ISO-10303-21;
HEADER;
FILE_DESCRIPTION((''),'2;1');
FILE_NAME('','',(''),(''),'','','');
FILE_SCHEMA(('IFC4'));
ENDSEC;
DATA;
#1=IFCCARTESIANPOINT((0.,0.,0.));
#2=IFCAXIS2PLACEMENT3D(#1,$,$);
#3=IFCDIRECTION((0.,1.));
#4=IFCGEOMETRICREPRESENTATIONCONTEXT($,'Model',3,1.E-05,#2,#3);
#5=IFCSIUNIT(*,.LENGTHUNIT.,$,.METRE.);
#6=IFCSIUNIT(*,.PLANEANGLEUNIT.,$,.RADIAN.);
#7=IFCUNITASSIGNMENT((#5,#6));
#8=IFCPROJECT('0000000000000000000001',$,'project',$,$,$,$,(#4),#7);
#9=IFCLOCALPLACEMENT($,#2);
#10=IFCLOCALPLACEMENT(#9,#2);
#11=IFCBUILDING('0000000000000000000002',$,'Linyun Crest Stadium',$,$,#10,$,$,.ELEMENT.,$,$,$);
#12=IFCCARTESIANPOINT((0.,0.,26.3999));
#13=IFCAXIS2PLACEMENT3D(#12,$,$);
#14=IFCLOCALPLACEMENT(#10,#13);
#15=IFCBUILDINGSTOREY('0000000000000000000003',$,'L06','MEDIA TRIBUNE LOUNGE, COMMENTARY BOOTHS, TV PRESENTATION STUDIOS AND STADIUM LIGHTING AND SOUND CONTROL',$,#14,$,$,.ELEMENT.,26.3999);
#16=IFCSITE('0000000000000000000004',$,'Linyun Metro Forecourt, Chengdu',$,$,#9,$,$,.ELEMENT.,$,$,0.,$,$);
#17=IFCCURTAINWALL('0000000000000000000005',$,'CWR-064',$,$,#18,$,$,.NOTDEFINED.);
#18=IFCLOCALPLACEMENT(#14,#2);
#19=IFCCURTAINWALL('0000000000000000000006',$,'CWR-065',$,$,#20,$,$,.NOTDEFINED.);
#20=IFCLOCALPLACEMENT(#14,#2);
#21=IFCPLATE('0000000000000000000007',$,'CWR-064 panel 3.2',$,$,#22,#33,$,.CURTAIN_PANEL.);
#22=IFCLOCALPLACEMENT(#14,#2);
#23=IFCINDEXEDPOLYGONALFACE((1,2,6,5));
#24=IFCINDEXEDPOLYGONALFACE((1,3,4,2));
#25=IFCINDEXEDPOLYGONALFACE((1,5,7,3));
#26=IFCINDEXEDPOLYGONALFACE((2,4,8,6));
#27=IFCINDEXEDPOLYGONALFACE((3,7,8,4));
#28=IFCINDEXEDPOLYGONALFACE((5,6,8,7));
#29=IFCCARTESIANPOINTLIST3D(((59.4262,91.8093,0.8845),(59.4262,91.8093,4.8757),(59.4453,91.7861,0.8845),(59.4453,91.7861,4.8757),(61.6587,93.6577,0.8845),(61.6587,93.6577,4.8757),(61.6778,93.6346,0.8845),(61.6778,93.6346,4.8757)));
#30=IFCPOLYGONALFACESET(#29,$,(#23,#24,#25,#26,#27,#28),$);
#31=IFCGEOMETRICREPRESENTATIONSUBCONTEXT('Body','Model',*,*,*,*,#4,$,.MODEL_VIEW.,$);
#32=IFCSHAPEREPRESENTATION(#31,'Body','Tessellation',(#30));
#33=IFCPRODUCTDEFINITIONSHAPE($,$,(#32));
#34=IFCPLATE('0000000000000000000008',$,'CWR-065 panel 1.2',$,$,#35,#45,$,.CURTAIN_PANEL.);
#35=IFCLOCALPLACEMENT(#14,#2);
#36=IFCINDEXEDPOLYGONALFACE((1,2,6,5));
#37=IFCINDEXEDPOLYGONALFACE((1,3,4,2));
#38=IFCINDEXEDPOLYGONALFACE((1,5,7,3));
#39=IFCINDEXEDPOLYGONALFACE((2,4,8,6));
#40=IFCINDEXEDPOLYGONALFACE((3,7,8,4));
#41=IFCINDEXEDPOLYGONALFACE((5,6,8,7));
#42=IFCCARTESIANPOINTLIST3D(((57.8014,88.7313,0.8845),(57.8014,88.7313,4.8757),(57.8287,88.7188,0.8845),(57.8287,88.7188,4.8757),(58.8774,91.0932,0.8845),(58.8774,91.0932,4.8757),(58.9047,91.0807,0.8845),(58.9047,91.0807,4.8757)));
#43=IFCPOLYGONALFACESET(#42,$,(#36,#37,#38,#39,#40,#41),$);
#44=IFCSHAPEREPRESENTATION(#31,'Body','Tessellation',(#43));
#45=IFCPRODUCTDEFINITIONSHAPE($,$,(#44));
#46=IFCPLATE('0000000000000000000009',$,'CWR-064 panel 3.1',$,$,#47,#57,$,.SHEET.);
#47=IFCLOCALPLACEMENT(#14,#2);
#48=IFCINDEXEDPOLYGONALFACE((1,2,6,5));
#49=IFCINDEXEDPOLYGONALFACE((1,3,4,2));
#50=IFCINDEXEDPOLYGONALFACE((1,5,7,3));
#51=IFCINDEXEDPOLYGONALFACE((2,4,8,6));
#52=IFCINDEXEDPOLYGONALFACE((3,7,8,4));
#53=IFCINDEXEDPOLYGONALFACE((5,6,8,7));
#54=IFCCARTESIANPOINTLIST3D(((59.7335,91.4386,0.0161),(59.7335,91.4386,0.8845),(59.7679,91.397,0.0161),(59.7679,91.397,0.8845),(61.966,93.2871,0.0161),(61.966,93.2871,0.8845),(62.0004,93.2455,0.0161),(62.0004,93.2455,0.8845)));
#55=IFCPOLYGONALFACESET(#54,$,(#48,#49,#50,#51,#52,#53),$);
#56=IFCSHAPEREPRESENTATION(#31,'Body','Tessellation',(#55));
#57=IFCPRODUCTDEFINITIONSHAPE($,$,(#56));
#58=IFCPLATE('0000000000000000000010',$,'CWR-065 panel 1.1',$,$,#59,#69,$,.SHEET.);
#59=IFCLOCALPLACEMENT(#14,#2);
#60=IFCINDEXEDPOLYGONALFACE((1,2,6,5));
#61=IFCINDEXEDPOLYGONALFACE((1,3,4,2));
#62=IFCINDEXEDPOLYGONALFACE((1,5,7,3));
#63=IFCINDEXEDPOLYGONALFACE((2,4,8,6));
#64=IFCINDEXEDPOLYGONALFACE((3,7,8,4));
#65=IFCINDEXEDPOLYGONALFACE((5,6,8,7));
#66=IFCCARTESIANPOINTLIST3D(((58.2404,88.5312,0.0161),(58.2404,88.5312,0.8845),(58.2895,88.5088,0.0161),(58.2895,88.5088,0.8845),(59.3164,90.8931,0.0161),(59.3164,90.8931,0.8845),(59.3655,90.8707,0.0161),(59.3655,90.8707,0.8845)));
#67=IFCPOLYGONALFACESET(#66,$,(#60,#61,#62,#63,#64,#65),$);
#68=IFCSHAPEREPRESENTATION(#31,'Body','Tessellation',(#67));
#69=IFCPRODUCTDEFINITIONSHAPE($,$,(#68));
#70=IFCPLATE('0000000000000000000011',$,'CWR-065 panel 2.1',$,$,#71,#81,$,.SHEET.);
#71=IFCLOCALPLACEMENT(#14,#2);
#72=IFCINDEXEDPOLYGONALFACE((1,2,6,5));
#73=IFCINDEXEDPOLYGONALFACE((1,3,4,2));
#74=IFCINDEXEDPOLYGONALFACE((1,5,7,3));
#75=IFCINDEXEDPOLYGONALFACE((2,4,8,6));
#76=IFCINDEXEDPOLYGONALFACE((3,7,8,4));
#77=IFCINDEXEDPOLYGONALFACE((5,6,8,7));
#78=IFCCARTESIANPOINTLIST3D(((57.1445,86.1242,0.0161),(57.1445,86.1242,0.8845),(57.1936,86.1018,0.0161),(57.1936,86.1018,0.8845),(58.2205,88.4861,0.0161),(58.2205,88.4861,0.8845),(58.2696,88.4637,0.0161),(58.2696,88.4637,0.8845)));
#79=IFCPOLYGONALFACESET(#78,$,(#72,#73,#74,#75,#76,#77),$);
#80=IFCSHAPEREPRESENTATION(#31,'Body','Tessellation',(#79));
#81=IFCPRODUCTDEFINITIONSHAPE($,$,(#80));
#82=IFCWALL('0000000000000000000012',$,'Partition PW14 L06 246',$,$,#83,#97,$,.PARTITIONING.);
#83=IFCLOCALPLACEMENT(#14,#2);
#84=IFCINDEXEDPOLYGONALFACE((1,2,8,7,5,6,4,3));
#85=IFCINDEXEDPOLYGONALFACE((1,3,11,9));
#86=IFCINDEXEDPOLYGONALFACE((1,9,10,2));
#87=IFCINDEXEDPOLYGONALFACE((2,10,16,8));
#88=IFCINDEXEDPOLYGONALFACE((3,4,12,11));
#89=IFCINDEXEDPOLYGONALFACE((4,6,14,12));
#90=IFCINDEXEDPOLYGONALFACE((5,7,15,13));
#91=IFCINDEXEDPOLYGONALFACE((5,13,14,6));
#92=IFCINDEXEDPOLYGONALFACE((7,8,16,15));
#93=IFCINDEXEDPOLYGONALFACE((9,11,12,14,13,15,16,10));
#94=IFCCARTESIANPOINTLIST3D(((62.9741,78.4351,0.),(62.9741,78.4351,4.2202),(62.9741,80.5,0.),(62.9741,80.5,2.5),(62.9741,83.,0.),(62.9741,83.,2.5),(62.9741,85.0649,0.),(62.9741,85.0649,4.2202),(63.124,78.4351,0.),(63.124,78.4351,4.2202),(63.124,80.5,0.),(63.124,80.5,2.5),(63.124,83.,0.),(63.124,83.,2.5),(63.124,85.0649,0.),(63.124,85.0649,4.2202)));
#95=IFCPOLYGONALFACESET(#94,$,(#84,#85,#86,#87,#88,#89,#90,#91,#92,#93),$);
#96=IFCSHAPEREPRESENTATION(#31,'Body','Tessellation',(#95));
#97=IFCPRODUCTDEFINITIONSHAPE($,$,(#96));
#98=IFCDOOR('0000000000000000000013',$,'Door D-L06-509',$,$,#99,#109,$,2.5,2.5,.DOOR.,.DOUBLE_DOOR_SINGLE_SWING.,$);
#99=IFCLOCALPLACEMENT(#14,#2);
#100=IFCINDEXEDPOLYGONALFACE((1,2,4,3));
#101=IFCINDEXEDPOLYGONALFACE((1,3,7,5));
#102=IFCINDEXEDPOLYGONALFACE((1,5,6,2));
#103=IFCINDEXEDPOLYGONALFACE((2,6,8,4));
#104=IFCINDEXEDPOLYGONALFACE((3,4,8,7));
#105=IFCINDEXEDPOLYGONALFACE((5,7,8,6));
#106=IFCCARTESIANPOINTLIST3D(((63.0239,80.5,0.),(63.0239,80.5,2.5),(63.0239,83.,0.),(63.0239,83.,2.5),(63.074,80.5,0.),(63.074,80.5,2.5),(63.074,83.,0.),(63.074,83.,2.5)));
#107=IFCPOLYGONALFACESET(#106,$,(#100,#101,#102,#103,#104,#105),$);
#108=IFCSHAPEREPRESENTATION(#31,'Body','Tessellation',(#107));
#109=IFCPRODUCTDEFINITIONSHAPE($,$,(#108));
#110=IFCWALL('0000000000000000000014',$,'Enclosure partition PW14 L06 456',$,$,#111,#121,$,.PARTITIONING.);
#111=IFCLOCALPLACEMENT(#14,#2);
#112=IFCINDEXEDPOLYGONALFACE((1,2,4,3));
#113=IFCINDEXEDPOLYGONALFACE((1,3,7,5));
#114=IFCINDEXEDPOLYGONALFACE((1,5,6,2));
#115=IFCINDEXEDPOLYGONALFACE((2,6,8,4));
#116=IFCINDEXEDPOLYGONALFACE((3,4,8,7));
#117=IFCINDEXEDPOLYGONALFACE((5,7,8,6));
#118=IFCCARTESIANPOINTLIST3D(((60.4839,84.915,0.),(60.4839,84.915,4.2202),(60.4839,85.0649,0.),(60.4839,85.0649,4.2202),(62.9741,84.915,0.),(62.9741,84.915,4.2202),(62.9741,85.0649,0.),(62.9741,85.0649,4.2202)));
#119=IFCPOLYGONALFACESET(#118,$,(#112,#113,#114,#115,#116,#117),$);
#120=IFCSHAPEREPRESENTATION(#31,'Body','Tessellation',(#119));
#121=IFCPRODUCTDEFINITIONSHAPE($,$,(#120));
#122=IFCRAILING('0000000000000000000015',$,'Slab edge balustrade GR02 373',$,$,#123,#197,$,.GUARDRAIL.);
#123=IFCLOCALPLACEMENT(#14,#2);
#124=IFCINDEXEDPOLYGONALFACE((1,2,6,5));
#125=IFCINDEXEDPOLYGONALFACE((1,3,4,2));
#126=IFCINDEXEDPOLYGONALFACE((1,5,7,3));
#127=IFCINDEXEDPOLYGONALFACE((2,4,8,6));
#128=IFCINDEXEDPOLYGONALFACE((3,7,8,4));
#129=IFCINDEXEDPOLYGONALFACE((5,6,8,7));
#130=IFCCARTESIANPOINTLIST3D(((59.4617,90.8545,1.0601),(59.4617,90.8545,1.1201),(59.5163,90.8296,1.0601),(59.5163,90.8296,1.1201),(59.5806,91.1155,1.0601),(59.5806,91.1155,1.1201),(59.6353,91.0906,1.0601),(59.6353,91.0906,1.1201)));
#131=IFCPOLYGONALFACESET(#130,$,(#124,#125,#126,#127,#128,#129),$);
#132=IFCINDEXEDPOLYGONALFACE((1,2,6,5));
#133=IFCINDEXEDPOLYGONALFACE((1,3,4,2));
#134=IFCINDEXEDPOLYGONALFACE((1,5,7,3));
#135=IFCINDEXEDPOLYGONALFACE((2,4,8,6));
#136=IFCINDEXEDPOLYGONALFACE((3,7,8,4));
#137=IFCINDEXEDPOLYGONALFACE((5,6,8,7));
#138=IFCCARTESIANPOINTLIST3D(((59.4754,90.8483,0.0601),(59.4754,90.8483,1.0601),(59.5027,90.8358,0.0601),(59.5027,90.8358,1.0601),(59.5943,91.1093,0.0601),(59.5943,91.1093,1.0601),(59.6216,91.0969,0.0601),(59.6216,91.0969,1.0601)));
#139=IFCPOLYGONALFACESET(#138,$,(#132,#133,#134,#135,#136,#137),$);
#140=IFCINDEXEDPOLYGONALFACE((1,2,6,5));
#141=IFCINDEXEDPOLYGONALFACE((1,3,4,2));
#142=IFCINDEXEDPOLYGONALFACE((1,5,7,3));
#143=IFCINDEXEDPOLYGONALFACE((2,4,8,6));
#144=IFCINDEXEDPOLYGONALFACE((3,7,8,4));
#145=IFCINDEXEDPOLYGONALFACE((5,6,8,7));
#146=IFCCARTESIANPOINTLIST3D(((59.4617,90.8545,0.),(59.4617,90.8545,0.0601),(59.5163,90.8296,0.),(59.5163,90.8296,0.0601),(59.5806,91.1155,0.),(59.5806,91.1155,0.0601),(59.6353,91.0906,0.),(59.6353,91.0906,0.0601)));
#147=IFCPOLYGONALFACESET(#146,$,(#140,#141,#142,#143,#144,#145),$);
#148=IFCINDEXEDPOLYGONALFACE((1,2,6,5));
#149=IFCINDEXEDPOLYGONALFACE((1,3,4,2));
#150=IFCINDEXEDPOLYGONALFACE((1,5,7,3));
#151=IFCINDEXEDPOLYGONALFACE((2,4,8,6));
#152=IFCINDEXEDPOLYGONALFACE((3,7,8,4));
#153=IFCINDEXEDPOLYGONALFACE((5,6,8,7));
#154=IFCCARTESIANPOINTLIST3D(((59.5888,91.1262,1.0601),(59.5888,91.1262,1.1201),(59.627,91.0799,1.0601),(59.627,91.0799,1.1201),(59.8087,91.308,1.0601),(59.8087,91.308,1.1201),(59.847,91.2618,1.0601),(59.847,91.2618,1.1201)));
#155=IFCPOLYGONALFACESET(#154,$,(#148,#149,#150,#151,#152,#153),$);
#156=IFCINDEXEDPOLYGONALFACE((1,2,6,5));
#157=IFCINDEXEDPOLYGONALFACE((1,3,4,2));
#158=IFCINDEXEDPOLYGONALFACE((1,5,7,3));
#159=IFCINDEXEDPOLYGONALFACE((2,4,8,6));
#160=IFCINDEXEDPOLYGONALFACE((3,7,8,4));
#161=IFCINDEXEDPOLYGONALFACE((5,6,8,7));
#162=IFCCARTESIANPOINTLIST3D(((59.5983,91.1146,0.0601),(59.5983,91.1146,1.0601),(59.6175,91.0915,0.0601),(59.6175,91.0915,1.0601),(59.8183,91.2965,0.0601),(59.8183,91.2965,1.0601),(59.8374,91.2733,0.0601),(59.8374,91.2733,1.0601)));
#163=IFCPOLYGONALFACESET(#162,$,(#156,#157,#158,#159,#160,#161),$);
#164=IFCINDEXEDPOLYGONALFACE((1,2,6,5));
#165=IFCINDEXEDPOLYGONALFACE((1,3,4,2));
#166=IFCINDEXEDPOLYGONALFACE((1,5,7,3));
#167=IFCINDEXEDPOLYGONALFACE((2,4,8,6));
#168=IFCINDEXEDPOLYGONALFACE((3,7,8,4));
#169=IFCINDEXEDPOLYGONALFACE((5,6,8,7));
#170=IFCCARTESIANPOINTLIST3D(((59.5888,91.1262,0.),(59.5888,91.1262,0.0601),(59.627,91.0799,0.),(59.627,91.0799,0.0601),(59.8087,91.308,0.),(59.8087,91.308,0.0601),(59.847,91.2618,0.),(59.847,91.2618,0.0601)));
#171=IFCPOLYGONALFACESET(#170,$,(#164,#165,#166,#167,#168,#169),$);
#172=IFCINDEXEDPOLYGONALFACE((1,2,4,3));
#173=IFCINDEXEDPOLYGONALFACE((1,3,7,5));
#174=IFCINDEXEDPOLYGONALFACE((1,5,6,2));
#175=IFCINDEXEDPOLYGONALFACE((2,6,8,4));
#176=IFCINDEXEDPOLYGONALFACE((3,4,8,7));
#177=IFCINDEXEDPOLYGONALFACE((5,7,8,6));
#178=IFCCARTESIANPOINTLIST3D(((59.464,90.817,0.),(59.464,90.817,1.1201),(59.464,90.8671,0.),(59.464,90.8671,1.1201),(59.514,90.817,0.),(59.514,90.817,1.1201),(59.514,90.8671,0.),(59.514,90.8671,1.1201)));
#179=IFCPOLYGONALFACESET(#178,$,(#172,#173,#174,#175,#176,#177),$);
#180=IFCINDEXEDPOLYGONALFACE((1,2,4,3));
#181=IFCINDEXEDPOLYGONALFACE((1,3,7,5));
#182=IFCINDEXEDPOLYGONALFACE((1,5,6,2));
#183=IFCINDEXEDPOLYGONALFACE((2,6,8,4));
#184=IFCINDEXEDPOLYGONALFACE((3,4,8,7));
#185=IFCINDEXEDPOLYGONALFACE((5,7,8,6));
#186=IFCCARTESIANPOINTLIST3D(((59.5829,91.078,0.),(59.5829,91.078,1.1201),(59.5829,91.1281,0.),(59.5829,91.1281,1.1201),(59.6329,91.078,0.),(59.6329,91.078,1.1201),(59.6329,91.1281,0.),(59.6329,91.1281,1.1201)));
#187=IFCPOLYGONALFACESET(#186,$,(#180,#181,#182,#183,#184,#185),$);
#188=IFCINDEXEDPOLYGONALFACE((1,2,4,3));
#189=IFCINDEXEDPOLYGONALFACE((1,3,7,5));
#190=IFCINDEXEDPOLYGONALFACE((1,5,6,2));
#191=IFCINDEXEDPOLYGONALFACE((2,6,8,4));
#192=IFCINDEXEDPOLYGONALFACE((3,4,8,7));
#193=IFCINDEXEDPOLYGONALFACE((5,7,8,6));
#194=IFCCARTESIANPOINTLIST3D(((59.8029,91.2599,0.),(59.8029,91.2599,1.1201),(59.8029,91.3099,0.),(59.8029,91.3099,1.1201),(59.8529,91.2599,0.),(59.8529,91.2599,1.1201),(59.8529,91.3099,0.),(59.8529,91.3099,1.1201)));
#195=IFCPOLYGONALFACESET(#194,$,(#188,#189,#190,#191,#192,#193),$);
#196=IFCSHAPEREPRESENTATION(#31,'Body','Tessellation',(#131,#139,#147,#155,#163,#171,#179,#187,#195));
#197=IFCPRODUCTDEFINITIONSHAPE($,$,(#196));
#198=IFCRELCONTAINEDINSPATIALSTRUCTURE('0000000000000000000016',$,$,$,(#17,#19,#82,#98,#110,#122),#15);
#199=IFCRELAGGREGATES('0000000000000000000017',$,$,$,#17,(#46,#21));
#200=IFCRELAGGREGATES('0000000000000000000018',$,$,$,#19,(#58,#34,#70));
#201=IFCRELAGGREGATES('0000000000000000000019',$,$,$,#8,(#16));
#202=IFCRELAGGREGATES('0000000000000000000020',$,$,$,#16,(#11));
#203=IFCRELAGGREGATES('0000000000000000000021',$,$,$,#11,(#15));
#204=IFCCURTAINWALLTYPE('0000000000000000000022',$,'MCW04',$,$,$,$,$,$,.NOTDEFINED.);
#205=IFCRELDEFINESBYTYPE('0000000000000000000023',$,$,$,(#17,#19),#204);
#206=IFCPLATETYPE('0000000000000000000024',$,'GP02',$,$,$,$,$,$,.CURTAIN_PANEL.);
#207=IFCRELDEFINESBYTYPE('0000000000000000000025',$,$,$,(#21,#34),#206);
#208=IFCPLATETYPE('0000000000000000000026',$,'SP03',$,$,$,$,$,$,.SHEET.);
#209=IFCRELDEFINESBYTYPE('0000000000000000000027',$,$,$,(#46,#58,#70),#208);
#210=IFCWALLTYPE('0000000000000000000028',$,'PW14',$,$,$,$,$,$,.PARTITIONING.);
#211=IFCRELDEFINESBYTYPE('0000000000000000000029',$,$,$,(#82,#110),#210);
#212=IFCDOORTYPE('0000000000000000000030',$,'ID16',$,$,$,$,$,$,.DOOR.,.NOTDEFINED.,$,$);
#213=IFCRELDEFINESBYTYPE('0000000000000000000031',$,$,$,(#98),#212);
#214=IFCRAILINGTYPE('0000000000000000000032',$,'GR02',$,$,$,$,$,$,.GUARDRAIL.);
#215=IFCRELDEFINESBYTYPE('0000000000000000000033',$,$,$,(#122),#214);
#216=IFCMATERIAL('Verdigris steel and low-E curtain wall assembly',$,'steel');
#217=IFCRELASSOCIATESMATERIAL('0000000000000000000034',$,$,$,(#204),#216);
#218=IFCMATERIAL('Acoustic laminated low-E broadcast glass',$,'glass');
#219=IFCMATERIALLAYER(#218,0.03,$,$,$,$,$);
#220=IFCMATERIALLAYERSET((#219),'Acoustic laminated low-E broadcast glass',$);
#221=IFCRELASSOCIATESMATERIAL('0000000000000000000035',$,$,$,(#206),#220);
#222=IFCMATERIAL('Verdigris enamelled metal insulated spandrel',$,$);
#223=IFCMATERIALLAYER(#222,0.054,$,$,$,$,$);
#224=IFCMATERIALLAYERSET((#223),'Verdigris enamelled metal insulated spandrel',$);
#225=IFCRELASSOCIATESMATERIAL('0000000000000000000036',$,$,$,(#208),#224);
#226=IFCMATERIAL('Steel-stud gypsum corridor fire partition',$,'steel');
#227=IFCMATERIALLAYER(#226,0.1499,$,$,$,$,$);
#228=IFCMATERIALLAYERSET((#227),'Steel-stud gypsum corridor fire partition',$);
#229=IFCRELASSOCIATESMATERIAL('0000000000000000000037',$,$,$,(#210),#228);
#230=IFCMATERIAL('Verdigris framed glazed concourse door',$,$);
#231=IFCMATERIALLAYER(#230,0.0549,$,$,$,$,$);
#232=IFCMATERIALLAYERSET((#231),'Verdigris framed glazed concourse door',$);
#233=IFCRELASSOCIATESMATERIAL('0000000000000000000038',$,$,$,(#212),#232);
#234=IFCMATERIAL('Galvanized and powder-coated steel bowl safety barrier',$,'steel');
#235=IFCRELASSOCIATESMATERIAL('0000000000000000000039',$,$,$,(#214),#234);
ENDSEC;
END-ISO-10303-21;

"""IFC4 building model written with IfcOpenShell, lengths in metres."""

from ifc_helpers import new_model, si_unit, direction, frame, frame_2d, origin, origin_2d, place, context, subcontext, project, spatial, rectangle, extrude, material, layer, layer_set, type_object, element, fill, aggregate, save


model = new_model("IFC4")

# Units and contexts
model_context = context("Model", 3, precision=1e-05, world=origin(), true_north=direction((0.0, 1.0)))
body_context = subcontext(model_context, "Body", "Model", "MODEL_VIEW")
ifc_project = project(units=[si_unit("LENGTHUNIT", "METRE"), si_unit("PLANEANGLEUNIT", "RADIAN")], contexts=[model_context])

# Site, building, storey
site_placement = place(None, origin())
site = spatial("IfcSite", under=ifc_project, at=site_placement, Name="Linyun Metro Forecourt, Chengdu", CompositionType="ELEMENT", RefElevation=0.0)
building_placement = place(site_placement, origin())
building = spatial("IfcBuilding", under=site, at=building_placement, Name="Linyun Crest Stadium", CompositionType="ELEMENT")
storey_placement = place(building_placement, frame((0.0, 0.0, 26.3999)))
storey = spatial("IfcBuildingStorey", under=building, at=storey_placement, Name="L06", Description="MEDIA TRIBUNE LOUNGE, COMMENTARY BOOTHS, TV PRESENTATION STUDIOS AND STADIUM LIGHTING AND SOUND CONTROL", CompositionType="ELEMENT", Elevation=26.3999)

# Curtain walls
ifc_material_1 = material(Name="Verdigris steel and low-E curtain wall assembly", Category="steel")
curtain_wall_type = type_object("IfcCurtainWallType", Name="MCW04", PredefinedType="NOTDEFINED", material=ifc_material_1)
curtain_wall_1_placement = place(storey_placement, origin())
curtain_wall_1 = element("IfcCurtainWall", 1, at=curtain_wall_1_placement, inside=storey, type_object=curtain_wall_type, Name="CWR-064", PredefinedType="NOTDEFINED")
curtain_wall_2_placement = place(storey_placement, origin())
curtain_wall_2 = element("IfcCurtainWall", 2, at=curtain_wall_2_placement, inside=storey, type_object=curtain_wall_type, Name="CWR-065", PredefinedType="NOTDEFINED")

# Plates
ifc_material_2 = material(Name="Acoustic laminated low-E broadcast glass", Category="glass")
ifc_layer_1 = layer(ifc_material_2, 0.03)
ifc_layer_set_1 = layer_set([ifc_layer_1], Name="Acoustic laminated low-E broadcast glass")
plate_type_1 = type_object("IfcPlateType", Name="GP02", PredefinedType="CURTAIN_PANEL", material=ifc_layer_set_1)
plate_1_placement = place(storey_placement, frame((60.552, 92.7219, 0.8845), z_axis=(0.0, 0.0, 1.0), x_axis=(-0.770246, -0.637747, 0.0)))
plate_1 = element("IfcPlate", 3, at=plate_1_placement, type_object=plate_type_1, Name="CWR-064 panel 3.2", PredefinedType="CURTAIN_PANEL", context=body_context, shape_type="SweptSolid", body=[
    extrude(rectangle(XDim=2.8984, YDim=0.03, at=origin_2d()), origin(), (0.0, 0.0, 1.0), 3.9912),
])
plate_2_placement = place(storey_placement, frame((58.353, 89.906, 0.8845), z_axis=(0.0, 0.0, 1.0), x_axis=(-0.414566, -0.910019, 0.0)))
plate_2 = element("IfcPlate", 4, at=plate_2_placement, type_object=plate_type_1, Name="CWR-065 panel 1.2", PredefinedType="CURTAIN_PANEL", context=body_context, shape_type="SweptSolid", body=[
    extrude(rectangle(XDim=2.5955, YDim=0.03, at=origin_2d()), origin(), (0.0, 0.0, 1.0), 3.9912),
])
ifc_material_3 = material(Name="Verdigris enamelled metal insulated spandrel")
ifc_layer_2 = layer(ifc_material_3, 0.054)
ifc_layer_set_2 = layer_set([ifc_layer_2], Name="Verdigris enamelled metal insulated spandrel")
plate_type_2 = type_object("IfcPlateType", Name="SP03", PredefinedType="SHEET", material=ifc_layer_set_2)
plate_3_placement = place(storey_placement, frame((60.8669, 92.342, 0.0161), z_axis=(0.0, 0.0, 1.0), x_axis=(-0.770246, -0.637747, 0.0)))
plate_3 = element("IfcPlate", 5, at=plate_3_placement, type_object=plate_type_2, Name="CWR-064 panel 3.1", PredefinedType="SHEET", context=body_context, shape_type="SweptSolid", body=[
    extrude(rectangle(XDim=2.8984, YDim=0.054, at=origin_2d()), origin(), (0.0, 0.0, 1.0), 0.8684),
])
aggregate(curtain_wall_1, [plate_3, plate_1])
plate_4_placement = place(storey_placement, frame((58.803, 89.7009, 0.0161), z_axis=(0.0, 0.0, 1.0), x_axis=(-0.414566, -0.910019, 0.0)))
plate_4 = element("IfcPlate", 6, at=plate_4_placement, type_object=plate_type_2, Name="CWR-065 panel 1.1", PredefinedType="SHEET", context=body_context, shape_type="SweptSolid", body=[
    extrude(rectangle(XDim=2.5955, YDim=0.054, at=origin_2d()), origin(), (0.0, 0.0, 1.0), 0.8684),
])
plate_5_placement = place(storey_placement, frame((57.707, 87.2939, 0.0161), z_axis=(0.0, 0.0, 1.0), x_axis=(-0.414566, -0.910019, 0.0)))
plate_5 = element("IfcPlate", 7, at=plate_5_placement, type_object=plate_type_2, Name="CWR-065 panel 2.1", PredefinedType="SHEET", context=body_context, shape_type="SweptSolid", body=[
    extrude(rectangle(XDim=2.5955, YDim=0.054, at=origin_2d()), origin(), (0.0, 0.0, 1.0), 0.8684),
])
aggregate(curtain_wall_2, [plate_4, plate_2, plate_5])

# Wall, opening, door
ifc_material_4 = material(Name="Steel-stud gypsum corridor fire partition", Category="steel")
ifc_layer_3 = layer(ifc_material_4, 0.1499)
ifc_layer_set_3 = layer_set([ifc_layer_3], Name="Steel-stud gypsum corridor fire partition")
wall_type = type_object("IfcWallType", Name="PW14", PredefinedType="PARTITIONING", material=ifc_layer_set_3)
wall_1_placement = place(storey_placement, frame((63.0491, 85.0649, 0.0), z_axis=(0.0, 0.0, 1.0), x_axis=(0.0, -1.0, 0.0)))
wall_1 = element("IfcWall", 8, at=wall_1_placement, inside=storey, type_object=wall_type, Name="Partition PW14 L06 246", PredefinedType="PARTITIONING", context=body_context, shape_type="SweptSolid", body=[
    extrude(rectangle(XDim=6.6299, YDim=0.1499, at=frame_2d((3.3149, 0.0))), origin(), (0.0, 0.0, 1.0), 4.2202),
])
opening_placement = place(wall_1_placement, frame((2.0649, 0.0, 0.0)))
opening = element("IfcOpeningElement", 9, at=opening_placement, cuts=wall_1, PredefinedType="OPENING", context=body_context, shape_type="SweptSolid", body=[
    extrude(rectangle(XDim=2.5, YDim=2.5, at=frame_2d((1.25, 1.25))), frame((0.0, 0.085, 0.0), z_axis=(0.0, -1.0, 0.0), x_axis=(1.0, 0.0, 0.0)), (0.0, 0.0, 1.0), 0.1699),
])
ifc_material_5 = material(Name="Verdigris framed glazed concourse door")
ifc_layer_4 = layer(ifc_material_5, 0.0549)
ifc_layer_set_4 = layer_set([ifc_layer_4], Name="Verdigris framed glazed concourse door")
door_type = type_object("IfcDoorType", Name="ID16", OperationType="NOTDEFINED", PredefinedType="DOOR", material=ifc_layer_set_4)
door_placement = place(opening_placement, origin())
door = element("IfcDoor", 10, at=door_placement, inside=storey, type_object=door_type, Name="Door D-L06-509", OperationType="DOUBLE_DOOR_SINGLE_SWING", OverallHeight=2.5, OverallWidth=2.5, PredefinedType="DOOR", context=body_context, shape_type="SweptSolid", body=[
    extrude(rectangle(XDim=2.5, YDim=2.5, at=frame_2d((1.25, 1.25))), frame((0.0, 0.0249, 0.0), z_axis=(0.0, -1.0, 0.0), x_axis=(1.0, 0.0, 0.0)), (0.0, 0.0, 1.0), 0.05),
])
fill(opening, door)

# Wall
wall_2_placement = place(storey_placement, frame((60.4839, 84.99, 0.0), z_axis=(0.0, 0.0, 1.0), x_axis=(1.0, 0.0, 0.0)))
element("IfcWall", 11, at=wall_2_placement, inside=storey, type_object=wall_type, Name="Enclosure partition PW14 L06 456", PredefinedType="PARTITIONING", context=body_context, shape_type="SweptSolid", body=[
    extrude(rectangle(XDim=2.4902, YDim=0.1499, at=frame_2d((1.2451, 0.0))), origin(), (0.0, 0.0, 1.0), 4.2202),
])

# Railing
ifc_material_6 = material(Name="Galvanized and powder-coated steel bowl safety barrier", Category="steel")
railing_type = type_object("IfcRailingType", Name="GR02", PredefinedType="GUARDRAIL", material=ifc_material_6)
railing_placement = place(storey_placement, frame((59.489, 90.842, 0.0)))
element("IfcRailing", 12, at=railing_placement, inside=storey, type_object=railing_type, Name="Slab edge balustrade GR02 373", PredefinedType="GUARDRAIL", context=body_context, shape_type="SweptSolid", body=[
    extrude(rectangle(XDim=0.0601, YDim=0.0601, at=origin_2d()), frame((0.0, 0.0, 1.0901), z_axis=(0.414572, 0.910016, 0.0), x_axis=(-0.910016, 0.414572, 0.0)), (0.0, 0.0, 1.0), 0.2869),
    extrude(rectangle(XDim=0.03, YDim=1.0, at=origin_2d()), frame((0.0, 0.0, 0.5601), z_axis=(0.414572, 0.910016, 0.0), x_axis=(-0.910016, 0.414572, 0.0)), (0.0, 0.0, 1.0), 0.2869),
    extrude(rectangle(XDim=0.0601, YDim=0.0601, at=origin_2d()), frame((0.0, 0.0, 0.03), z_axis=(0.414572, 0.910016, 0.0), x_axis=(-0.910016, 0.414572, 0.0)), (0.0, 0.0, 1.0), 0.2869),
    extrude(rectangle(XDim=0.0601, YDim=0.0601, at=origin_2d()), frame((0.1189, 0.261, 1.0901), z_axis=(0.77067, 0.637235, 0.0), x_axis=(-0.637235, 0.77067, 0.0)), (0.0, 0.0, 1.0), 0.2854),
    extrude(rectangle(XDim=0.03, YDim=1.0, at=origin_2d()), frame((0.1189, 0.261, 0.5601), z_axis=(0.77067, 0.637235, 0.0), x_axis=(-0.637235, 0.77067, 0.0)), (0.0, 0.0, 1.0), 0.2854),
    extrude(rectangle(XDim=0.0601, YDim=0.0601, at=origin_2d()), frame((0.1189, 0.261, 0.03), z_axis=(0.77067, 0.637235, 0.0), x_axis=(-0.637235, 0.77067, 0.0)), (0.0, 0.0, 1.0), 0.2854),
    extrude(rectangle(XDim=0.05, YDim=0.05, at=origin_2d()), origin(), (0.0, 0.0, 1.0), 1.1201),
    extrude(rectangle(XDim=0.05, YDim=0.05, at=origin_2d()), frame((0.1189, 0.261, 0.0)), (0.0, 0.0, 1.0), 1.1201),
    extrude(rectangle(XDim=0.05, YDim=0.05, at=origin_2d()), frame((0.3389, 0.4429, 0.0)), (0.0, 0.0, 1.0), 1.1201),
])

save(model, "model.ifc")
